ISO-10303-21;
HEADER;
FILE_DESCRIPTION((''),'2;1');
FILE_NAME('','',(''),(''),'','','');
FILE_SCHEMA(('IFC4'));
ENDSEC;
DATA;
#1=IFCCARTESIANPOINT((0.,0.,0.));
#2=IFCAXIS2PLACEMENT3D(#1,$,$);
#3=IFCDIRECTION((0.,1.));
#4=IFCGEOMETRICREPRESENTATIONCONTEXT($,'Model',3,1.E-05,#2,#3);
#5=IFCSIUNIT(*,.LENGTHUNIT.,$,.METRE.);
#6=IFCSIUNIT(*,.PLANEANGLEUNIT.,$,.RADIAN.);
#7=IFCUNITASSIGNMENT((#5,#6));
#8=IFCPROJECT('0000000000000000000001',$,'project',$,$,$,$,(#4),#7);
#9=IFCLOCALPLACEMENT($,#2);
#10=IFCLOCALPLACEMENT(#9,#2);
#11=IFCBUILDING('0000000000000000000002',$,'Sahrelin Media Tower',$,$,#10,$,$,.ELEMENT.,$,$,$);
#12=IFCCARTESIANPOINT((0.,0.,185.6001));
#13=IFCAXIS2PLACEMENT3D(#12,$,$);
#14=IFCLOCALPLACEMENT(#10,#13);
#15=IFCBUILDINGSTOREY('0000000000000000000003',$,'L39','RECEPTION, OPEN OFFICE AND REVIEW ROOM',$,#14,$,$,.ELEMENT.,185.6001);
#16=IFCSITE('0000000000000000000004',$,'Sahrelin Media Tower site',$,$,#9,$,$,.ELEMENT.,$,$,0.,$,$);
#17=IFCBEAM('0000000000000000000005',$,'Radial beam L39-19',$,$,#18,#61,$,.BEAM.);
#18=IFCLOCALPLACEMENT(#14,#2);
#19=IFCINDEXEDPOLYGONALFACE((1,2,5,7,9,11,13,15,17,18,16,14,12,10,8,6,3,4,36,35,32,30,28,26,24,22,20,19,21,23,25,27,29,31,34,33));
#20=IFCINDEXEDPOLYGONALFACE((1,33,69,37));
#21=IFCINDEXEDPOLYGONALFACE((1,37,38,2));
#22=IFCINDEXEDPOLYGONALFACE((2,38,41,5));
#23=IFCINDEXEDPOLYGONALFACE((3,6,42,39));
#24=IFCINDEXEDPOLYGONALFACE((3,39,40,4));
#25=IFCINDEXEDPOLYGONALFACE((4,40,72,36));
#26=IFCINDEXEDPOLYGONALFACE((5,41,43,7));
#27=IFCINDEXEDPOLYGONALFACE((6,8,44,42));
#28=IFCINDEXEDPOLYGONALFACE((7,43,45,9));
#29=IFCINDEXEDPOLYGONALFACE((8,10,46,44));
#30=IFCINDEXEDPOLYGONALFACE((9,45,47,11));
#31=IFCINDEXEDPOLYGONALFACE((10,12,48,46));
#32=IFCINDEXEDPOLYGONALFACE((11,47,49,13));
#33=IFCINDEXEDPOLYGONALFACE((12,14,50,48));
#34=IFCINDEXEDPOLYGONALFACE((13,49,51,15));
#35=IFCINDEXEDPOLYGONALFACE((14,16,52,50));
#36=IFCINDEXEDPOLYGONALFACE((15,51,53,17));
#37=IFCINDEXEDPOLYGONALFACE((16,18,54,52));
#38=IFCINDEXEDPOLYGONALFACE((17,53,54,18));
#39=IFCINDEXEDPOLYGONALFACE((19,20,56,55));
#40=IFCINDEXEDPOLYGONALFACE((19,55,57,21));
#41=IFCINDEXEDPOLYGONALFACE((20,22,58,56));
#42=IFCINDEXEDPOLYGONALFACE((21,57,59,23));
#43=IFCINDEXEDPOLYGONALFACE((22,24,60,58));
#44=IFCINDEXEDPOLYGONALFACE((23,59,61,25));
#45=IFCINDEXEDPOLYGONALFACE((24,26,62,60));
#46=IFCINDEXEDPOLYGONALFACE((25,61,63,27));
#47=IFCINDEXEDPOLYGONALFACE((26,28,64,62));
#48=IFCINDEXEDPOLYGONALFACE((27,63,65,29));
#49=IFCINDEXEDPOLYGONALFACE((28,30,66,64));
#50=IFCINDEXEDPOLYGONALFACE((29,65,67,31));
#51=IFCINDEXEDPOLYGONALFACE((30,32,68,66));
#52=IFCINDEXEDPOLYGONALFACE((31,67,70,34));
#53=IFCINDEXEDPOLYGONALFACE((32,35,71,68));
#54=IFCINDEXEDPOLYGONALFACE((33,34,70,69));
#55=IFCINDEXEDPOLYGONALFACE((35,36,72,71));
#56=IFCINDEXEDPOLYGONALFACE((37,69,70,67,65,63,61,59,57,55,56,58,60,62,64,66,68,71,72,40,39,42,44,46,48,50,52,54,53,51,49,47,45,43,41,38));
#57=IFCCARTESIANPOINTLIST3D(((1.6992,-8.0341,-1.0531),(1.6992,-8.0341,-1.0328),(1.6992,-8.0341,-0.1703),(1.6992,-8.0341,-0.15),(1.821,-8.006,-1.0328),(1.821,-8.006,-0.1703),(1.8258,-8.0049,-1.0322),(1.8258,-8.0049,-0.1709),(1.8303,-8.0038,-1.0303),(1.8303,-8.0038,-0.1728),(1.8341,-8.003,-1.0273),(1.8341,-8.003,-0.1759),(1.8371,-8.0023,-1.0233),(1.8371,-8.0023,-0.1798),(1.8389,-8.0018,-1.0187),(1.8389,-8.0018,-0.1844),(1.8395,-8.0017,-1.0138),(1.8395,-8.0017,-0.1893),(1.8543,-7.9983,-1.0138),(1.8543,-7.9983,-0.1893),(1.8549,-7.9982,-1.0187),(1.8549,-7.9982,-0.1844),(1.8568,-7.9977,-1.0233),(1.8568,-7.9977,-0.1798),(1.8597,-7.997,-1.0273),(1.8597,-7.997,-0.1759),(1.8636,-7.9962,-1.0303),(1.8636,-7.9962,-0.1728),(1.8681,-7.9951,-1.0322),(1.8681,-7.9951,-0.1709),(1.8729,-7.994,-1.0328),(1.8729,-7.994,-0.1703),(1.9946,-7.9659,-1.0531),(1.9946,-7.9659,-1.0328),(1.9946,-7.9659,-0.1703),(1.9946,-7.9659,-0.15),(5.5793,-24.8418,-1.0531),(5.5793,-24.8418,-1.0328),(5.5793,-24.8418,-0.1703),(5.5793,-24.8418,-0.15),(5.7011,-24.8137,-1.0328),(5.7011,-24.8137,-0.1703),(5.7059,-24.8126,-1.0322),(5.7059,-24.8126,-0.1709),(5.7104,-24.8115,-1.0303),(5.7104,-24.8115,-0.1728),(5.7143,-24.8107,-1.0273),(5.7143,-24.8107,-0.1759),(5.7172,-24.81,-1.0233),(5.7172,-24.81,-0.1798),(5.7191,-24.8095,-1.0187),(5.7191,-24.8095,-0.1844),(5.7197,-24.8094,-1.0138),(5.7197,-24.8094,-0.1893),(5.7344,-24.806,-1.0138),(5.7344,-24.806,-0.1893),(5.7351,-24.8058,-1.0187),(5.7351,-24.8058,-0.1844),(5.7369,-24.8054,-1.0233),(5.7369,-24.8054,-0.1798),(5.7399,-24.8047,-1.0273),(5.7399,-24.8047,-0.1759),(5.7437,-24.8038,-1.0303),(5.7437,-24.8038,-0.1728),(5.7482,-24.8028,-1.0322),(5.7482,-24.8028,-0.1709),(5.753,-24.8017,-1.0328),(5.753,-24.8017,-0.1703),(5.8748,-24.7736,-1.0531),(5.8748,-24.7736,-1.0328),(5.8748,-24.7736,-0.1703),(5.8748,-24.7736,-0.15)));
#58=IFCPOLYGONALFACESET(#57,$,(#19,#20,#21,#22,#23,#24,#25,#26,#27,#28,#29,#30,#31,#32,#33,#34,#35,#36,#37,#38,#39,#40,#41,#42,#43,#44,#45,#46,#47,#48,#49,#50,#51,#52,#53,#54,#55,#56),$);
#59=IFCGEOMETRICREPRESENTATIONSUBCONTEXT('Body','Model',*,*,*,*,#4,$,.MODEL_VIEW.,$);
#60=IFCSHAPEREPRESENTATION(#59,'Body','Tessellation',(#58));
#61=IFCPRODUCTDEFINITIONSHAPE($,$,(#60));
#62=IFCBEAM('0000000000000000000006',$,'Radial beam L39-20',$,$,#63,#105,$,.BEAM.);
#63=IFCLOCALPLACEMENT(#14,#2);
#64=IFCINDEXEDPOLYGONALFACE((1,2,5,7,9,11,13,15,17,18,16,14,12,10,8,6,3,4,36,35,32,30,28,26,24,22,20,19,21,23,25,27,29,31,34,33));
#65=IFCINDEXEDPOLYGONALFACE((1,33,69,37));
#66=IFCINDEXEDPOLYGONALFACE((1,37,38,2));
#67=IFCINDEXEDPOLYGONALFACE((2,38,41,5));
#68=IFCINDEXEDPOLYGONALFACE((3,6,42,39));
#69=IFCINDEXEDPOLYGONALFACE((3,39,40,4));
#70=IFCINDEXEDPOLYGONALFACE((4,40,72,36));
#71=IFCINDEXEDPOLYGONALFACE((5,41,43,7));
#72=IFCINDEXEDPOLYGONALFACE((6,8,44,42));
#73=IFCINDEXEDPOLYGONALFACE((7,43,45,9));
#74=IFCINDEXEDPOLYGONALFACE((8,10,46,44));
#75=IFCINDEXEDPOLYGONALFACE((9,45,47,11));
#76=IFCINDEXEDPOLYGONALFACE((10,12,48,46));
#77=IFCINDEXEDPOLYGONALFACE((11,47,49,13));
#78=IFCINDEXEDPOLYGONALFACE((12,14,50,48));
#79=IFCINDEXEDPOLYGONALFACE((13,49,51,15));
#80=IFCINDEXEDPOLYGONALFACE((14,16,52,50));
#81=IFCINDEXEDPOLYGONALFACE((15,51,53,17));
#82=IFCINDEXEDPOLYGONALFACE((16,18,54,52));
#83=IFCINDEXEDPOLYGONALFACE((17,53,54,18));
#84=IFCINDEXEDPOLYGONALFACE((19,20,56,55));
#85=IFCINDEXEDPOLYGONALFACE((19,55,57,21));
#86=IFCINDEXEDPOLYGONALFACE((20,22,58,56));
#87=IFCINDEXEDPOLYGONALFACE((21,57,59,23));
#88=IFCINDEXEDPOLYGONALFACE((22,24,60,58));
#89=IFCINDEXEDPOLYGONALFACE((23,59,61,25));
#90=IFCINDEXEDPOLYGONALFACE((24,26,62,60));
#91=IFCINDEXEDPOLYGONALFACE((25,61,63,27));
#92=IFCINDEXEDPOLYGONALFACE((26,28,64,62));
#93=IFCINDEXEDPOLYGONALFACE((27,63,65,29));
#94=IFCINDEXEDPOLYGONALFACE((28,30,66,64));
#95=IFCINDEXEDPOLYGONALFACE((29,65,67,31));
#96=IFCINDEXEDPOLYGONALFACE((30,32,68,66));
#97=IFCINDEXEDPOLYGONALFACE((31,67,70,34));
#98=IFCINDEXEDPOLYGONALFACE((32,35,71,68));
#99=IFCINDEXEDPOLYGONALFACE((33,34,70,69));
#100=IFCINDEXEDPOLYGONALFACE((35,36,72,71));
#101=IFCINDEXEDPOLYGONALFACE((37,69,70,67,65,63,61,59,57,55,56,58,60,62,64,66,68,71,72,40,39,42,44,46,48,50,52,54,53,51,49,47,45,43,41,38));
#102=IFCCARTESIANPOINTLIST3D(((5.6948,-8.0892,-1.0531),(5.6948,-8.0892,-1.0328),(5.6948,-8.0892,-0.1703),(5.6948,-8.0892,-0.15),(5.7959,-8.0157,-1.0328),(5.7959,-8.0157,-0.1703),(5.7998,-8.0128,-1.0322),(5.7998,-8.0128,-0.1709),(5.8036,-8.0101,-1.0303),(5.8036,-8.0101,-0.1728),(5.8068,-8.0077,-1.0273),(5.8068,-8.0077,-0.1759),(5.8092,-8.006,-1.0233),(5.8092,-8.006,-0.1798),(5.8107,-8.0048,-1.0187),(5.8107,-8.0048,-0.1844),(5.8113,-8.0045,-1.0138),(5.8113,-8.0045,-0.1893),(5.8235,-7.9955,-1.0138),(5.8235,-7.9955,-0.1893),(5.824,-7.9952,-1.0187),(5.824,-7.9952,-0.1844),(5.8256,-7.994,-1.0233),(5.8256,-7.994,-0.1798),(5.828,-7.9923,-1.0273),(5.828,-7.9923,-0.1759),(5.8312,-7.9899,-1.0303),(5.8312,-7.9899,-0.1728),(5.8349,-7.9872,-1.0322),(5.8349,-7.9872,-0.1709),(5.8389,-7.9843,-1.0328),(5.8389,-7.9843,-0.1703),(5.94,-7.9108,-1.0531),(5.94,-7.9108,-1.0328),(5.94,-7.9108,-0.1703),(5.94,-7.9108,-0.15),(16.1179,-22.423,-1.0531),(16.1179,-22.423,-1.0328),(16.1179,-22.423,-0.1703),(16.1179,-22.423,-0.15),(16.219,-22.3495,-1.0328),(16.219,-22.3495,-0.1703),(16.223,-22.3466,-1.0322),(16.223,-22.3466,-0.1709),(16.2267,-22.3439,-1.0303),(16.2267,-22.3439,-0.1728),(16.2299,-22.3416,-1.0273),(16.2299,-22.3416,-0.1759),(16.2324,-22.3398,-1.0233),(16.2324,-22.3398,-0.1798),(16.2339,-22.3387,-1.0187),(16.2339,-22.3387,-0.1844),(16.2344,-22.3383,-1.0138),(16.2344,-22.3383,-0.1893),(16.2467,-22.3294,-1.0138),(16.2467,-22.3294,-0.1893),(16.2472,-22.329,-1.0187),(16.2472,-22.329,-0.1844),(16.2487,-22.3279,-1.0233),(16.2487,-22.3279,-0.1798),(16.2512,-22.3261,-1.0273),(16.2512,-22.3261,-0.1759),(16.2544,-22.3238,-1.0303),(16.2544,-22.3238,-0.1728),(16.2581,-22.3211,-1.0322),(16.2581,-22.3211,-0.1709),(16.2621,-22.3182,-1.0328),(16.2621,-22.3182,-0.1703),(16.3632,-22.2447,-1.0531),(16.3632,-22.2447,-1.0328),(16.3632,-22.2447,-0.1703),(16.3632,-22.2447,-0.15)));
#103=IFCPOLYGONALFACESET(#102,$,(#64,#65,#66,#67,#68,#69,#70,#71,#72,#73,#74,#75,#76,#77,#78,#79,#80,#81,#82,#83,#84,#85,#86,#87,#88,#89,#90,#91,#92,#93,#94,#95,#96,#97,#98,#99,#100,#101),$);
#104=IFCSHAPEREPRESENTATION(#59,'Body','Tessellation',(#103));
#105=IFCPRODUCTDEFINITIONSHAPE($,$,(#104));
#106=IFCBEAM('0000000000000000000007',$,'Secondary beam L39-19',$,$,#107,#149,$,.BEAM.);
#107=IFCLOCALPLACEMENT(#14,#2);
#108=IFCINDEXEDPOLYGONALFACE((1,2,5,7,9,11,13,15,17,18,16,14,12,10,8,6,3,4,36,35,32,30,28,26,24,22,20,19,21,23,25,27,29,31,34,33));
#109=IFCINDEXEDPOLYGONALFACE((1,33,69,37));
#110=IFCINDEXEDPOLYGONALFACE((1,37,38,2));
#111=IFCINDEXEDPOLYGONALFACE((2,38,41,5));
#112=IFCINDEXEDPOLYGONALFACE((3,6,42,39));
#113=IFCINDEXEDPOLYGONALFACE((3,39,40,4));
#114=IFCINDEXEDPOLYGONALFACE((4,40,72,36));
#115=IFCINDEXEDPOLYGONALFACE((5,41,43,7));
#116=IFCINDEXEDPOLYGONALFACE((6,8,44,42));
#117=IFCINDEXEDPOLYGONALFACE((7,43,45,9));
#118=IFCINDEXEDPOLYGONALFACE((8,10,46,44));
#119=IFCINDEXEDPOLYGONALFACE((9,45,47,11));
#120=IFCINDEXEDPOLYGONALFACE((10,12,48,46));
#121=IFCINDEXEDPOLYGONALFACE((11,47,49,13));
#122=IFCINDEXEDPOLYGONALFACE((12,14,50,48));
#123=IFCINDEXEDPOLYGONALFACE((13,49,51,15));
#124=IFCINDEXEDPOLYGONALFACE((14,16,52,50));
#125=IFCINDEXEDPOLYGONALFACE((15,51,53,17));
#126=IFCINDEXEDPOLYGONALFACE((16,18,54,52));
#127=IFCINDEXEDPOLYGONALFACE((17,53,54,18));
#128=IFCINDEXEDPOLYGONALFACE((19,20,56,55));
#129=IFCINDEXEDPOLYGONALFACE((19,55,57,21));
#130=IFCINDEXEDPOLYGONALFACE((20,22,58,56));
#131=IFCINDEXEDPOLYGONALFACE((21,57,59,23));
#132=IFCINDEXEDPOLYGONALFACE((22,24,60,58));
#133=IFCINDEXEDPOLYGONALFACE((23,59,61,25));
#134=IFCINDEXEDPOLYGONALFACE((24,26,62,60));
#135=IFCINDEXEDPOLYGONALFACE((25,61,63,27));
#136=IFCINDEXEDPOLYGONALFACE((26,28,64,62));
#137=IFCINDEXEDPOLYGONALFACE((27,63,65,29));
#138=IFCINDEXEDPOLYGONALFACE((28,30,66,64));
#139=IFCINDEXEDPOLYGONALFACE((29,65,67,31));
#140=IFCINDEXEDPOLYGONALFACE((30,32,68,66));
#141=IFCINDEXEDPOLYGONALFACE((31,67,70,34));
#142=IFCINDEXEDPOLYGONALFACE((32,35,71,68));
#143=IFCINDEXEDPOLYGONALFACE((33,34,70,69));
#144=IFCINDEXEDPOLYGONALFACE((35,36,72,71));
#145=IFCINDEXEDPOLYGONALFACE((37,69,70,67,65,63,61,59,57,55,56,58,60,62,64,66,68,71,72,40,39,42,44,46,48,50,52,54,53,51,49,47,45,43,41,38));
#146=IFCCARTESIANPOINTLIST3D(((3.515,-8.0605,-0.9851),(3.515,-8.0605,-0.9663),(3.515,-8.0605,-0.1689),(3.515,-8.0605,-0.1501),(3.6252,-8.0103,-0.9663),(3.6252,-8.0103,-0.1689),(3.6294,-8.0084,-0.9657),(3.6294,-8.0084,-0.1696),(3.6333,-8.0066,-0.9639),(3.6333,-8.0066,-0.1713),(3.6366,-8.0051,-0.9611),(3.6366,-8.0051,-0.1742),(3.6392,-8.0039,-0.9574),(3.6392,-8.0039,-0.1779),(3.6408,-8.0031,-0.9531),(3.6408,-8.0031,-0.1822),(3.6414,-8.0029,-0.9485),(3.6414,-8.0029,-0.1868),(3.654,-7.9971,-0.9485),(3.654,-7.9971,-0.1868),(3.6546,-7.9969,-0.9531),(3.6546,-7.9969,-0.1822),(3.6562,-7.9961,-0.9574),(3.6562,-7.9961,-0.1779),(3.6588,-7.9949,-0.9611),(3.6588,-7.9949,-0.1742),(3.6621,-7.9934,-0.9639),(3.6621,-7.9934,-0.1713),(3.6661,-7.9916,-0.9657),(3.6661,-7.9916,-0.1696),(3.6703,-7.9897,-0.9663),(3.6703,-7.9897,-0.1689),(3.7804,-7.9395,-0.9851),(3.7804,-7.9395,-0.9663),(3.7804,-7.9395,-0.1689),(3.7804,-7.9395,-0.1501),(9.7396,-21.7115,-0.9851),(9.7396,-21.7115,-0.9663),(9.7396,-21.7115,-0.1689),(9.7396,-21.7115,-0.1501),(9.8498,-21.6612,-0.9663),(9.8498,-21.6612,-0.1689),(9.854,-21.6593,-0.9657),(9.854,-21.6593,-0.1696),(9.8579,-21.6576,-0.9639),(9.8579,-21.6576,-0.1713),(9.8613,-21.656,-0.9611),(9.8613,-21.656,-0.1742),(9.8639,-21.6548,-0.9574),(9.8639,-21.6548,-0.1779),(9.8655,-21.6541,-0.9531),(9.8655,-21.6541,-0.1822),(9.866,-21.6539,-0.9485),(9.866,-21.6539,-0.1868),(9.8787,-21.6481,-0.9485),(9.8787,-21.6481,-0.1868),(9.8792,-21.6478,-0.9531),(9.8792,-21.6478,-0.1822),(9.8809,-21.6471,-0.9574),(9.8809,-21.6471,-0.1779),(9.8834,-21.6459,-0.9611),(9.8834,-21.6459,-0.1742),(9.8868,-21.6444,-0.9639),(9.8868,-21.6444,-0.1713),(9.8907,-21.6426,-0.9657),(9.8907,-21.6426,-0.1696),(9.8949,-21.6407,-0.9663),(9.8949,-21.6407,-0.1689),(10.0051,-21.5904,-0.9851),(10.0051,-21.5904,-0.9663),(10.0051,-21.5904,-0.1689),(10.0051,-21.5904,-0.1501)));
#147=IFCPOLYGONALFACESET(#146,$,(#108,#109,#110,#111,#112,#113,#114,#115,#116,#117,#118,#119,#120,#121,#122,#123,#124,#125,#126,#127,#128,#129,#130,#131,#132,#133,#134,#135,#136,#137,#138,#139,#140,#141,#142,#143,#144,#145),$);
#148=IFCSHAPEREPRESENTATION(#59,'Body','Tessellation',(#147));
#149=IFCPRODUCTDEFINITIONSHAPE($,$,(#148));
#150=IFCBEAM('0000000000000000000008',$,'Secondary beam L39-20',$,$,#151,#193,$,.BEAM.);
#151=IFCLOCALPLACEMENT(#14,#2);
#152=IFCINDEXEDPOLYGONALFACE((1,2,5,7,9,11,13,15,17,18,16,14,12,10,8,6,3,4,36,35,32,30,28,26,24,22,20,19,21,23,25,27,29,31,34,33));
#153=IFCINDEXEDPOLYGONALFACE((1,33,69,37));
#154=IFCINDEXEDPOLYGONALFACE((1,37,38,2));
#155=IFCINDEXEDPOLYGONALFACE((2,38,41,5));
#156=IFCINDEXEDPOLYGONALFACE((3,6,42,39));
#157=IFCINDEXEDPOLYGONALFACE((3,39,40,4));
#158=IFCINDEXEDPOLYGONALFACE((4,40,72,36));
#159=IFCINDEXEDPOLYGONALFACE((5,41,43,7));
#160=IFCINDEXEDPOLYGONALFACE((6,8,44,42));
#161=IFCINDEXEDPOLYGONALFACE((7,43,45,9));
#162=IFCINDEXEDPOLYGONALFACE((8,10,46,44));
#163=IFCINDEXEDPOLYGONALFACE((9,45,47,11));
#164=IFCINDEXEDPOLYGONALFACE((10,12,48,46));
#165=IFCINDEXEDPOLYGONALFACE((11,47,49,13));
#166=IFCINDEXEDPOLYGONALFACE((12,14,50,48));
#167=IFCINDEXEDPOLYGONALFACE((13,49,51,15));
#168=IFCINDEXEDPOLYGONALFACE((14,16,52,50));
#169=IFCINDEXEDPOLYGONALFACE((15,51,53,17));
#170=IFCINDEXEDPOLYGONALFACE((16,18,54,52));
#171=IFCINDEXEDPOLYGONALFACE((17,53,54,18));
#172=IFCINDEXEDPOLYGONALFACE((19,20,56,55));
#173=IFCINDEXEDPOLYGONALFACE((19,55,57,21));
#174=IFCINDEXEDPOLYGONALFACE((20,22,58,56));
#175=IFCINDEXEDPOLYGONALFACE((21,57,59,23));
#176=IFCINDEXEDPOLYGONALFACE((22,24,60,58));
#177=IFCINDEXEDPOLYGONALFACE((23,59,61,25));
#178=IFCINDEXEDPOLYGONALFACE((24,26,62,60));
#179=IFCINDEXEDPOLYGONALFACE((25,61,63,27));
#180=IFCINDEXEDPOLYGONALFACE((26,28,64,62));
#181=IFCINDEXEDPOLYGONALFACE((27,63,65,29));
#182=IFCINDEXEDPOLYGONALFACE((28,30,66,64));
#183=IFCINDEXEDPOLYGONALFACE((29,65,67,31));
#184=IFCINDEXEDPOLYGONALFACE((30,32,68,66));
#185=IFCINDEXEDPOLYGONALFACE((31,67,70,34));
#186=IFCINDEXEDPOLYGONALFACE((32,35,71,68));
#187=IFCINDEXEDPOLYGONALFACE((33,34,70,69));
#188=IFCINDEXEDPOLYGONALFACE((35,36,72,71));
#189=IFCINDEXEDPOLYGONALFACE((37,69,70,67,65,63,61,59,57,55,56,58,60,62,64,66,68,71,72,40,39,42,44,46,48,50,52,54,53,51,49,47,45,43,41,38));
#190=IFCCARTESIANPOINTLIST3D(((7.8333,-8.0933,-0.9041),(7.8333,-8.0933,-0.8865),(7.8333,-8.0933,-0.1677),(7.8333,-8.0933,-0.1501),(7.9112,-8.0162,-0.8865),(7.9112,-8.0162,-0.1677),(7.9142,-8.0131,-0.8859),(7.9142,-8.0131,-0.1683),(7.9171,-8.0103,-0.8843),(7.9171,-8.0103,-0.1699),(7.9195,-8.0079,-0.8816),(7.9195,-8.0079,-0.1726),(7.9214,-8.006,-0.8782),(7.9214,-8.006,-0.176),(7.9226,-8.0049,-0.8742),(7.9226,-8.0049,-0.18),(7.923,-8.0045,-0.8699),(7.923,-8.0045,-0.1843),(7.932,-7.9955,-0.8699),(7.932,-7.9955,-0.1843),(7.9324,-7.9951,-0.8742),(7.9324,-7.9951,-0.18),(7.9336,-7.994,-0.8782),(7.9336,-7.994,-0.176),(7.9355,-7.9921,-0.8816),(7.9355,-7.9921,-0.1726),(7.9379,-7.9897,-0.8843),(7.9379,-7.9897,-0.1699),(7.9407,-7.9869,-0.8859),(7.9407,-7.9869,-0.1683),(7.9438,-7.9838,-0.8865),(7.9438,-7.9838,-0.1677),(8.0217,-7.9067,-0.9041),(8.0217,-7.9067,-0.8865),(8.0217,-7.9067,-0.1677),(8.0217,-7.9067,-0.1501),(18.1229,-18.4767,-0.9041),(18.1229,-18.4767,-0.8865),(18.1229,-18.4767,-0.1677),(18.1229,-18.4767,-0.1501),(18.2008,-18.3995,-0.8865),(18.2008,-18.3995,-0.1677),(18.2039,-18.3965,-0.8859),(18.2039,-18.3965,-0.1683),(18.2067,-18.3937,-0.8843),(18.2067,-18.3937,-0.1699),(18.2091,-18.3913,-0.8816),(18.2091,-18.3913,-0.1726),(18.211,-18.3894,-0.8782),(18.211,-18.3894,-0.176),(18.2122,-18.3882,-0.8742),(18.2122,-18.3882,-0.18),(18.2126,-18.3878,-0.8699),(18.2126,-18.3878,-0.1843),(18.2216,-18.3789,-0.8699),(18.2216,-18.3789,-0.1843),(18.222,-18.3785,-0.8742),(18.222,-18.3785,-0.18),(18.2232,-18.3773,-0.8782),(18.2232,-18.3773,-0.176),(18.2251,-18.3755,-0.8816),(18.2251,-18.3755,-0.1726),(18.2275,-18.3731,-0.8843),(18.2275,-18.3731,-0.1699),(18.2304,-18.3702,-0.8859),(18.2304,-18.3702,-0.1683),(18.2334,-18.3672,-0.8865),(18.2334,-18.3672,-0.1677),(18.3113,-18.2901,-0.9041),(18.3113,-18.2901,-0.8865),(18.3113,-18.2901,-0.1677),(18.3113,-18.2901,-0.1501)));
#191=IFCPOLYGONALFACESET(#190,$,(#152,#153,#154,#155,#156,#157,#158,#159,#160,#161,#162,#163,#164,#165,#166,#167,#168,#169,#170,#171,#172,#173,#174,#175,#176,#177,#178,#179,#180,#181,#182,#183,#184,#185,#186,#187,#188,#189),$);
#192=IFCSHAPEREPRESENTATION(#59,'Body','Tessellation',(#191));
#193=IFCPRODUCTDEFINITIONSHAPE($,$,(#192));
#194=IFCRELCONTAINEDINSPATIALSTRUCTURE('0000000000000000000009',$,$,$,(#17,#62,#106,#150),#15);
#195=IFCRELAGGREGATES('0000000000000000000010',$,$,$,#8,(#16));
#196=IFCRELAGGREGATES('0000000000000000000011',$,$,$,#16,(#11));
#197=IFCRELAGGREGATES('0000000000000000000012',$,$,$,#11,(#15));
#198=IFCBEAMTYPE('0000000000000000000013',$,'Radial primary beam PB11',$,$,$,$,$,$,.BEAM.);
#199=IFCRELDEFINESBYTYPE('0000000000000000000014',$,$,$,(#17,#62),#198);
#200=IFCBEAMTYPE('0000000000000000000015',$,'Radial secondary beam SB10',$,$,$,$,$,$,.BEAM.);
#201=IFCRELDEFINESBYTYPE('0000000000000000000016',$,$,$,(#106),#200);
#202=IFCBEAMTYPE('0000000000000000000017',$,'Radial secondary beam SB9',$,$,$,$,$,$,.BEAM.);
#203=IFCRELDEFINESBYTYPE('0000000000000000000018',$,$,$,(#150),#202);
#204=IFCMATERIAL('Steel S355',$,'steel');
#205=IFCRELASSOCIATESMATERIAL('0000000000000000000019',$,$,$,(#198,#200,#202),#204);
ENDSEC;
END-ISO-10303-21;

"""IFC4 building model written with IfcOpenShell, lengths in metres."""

from ifc_helpers import new_model, si_unit, direction, frame, origin, origin_2d, place, context, subcontext, project, spatial, i_section, extrude, material, material_profile, profile_set, type_object, element, save


model = new_model("IFC4")

# Units and contexts
model_context = context("Model", 3, precision=1e-05, world=origin(), true_north=direction((0.0, 1.0)))
body_context = subcontext(model_context, "Body", "Model", "MODEL_VIEW")
ifc_project = project(units=[si_unit("LENGTHUNIT", "METRE"), si_unit("PLANEANGLEUNIT", "RADIAN")], contexts=[model_context])

# Site, building, storey
site_placement = place(None, origin())
site = spatial("IfcSite", under=ifc_project, at=site_placement, Name="Sahrelin Media Tower site", CompositionType="ELEMENT", RefElevation=0.0)
building_placement = place(site_placement, origin())
building = spatial("IfcBuilding", under=site, at=building_placement, Name="Sahrelin Media Tower", CompositionType="ELEMENT")
storey_placement = place(building_placement, frame((0.0, 0.0, 185.6001)))
storey = spatial("IfcBuildingStorey", under=building, at=storey_placement, Name="L39", Description="RECEPTION, OPEN OFFICE AND REVIEW ROOM", CompositionType="ELEMENT", Elevation=185.6001)

# Shared definitions
ifc_material_1 = material(Name="Steel S355", Category="steel")

# Beams
ifc_material_profile_1 = material_profile(ifc_material_1, i_section(OverallWidth=0.3032, OverallDepth=0.9031, WebThickness=0.0151, FlangeThickness=0.0203, FilletRadius=0.019, at=origin_2d()), Name="UB 914x305x201")
ifc_profile_set_1 = profile_set([ifc_material_profile_1], Name="Steel S355")
beam_type_1 = type_object("IfcBeamType", Name="Radial primary beam PB11", PredefinedType="BEAM", material=ifc_profile_set_1)
beam_1_placement = place(storey_placement, frame((1.8469, -8.0, -0.6016), z_axis=(0.224939, -0.974373, 0.0), x_axis=(0.974373, 0.224939, 0.0)))
element("IfcBeam", 1, at=beam_1_placement, inside=storey, type_object=beam_type_1, Name="Radial beam L39-19", PredefinedType="BEAM", context=body_context, shape_type="SweptSolid", body=[
    extrude(i_section(OverallWidth=0.3032, OverallDepth=0.9031, WebThickness=0.0151, FlangeThickness=0.0203, FilletRadius=0.019, at=origin_2d()), origin(), (0.0, 0.0, 1.0), 17.2498),
])
beam_2_placement = place(storey_placement, frame((5.8174, -8.0, -0.6016), z_axis=(0.588118, -0.808775, 0.0), x_axis=(0.808775, 0.588118, 0.0)))
element("IfcBeam", 2, at=beam_2_placement, inside=storey, type_object=beam_type_1, Name="Radial beam L39-20", PredefinedType="BEAM", context=body_context, shape_type="SweptSolid", body=[
    extrude(i_section(OverallWidth=0.3032, OverallDepth=0.9031, WebThickness=0.0151, FlangeThickness=0.0203, FilletRadius=0.019, at=origin_2d()), origin(), (0.0, 0.0, 1.0), 17.7229),
])
ifc_material_profile_2 = material_profile(ifc_material_1, i_section(OverallWidth=0.2917, OverallDepth=0.835, WebThickness=0.0139, FlangeThickness=0.0188, FilletRadius=0.0178, at=origin_2d()), Name="UB 838x292x176")
ifc_profile_set_2 = profile_set([ifc_material_profile_2], Name="Steel S355")
beam_type_2 = type_object("IfcBeamType", Name="Radial secondary beam SB10", PredefinedType="BEAM", material=ifc_profile_set_2)
beam_3_placement = place(storey_placement, frame((3.6477, -8.0, -0.5676), z_axis=(0.414889, -0.909872, 0.0), x_axis=(0.909872, 0.414889, 0.0)))
element("IfcBeam", 3, at=beam_3_placement, inside=storey, type_object=beam_type_2, Name="Secondary beam L39-19", PredefinedType="BEAM", context=body_context, shape_type="SweptSolid", body=[
    extrude(i_section(OverallWidth=0.2917, OverallDepth=0.835, WebThickness=0.0139, FlangeThickness=0.0188, FilletRadius=0.0178, at=origin_2d()), origin(), (0.0, 0.0, 1.0), 15.0032),
])
ifc_material_profile_3 = material_profile(ifc_material_1, i_section(OverallWidth=0.2651, OverallDepth=0.7539, WebThickness=0.0127, FlangeThickness=0.0176, FilletRadius=0.0166, at=origin_2d()), Name="UB 762x267x147")
ifc_profile_set_3 = profile_set([ifc_material_profile_3], Name="Steel S355")
beam_type_3 = type_object("IfcBeamType", Name="Radial secondary beam SB9", PredefinedType="BEAM", material=ifc_profile_set_3)
beam_4_placement = place(storey_placement, frame((7.9275, -8.0, -0.5271), z_axis=(0.703893, -0.710306, 0.0), x_axis=(0.710306, 0.703893, 0.0)))
element("IfcBeam", 4, at=beam_4_placement, inside=storey, type_object=beam_type_3, Name="Secondary beam L39-20", PredefinedType="BEAM", context=body_context, shape_type="SweptSolid", body=[
    extrude(i_section(OverallWidth=0.2651, OverallDepth=0.7539, WebThickness=0.0127, FlangeThickness=0.0176, FilletRadius=0.0166, at=origin_2d()), origin(), (0.0, 0.0, 1.0), 14.6182),
])

save(model, "model.ifc")
